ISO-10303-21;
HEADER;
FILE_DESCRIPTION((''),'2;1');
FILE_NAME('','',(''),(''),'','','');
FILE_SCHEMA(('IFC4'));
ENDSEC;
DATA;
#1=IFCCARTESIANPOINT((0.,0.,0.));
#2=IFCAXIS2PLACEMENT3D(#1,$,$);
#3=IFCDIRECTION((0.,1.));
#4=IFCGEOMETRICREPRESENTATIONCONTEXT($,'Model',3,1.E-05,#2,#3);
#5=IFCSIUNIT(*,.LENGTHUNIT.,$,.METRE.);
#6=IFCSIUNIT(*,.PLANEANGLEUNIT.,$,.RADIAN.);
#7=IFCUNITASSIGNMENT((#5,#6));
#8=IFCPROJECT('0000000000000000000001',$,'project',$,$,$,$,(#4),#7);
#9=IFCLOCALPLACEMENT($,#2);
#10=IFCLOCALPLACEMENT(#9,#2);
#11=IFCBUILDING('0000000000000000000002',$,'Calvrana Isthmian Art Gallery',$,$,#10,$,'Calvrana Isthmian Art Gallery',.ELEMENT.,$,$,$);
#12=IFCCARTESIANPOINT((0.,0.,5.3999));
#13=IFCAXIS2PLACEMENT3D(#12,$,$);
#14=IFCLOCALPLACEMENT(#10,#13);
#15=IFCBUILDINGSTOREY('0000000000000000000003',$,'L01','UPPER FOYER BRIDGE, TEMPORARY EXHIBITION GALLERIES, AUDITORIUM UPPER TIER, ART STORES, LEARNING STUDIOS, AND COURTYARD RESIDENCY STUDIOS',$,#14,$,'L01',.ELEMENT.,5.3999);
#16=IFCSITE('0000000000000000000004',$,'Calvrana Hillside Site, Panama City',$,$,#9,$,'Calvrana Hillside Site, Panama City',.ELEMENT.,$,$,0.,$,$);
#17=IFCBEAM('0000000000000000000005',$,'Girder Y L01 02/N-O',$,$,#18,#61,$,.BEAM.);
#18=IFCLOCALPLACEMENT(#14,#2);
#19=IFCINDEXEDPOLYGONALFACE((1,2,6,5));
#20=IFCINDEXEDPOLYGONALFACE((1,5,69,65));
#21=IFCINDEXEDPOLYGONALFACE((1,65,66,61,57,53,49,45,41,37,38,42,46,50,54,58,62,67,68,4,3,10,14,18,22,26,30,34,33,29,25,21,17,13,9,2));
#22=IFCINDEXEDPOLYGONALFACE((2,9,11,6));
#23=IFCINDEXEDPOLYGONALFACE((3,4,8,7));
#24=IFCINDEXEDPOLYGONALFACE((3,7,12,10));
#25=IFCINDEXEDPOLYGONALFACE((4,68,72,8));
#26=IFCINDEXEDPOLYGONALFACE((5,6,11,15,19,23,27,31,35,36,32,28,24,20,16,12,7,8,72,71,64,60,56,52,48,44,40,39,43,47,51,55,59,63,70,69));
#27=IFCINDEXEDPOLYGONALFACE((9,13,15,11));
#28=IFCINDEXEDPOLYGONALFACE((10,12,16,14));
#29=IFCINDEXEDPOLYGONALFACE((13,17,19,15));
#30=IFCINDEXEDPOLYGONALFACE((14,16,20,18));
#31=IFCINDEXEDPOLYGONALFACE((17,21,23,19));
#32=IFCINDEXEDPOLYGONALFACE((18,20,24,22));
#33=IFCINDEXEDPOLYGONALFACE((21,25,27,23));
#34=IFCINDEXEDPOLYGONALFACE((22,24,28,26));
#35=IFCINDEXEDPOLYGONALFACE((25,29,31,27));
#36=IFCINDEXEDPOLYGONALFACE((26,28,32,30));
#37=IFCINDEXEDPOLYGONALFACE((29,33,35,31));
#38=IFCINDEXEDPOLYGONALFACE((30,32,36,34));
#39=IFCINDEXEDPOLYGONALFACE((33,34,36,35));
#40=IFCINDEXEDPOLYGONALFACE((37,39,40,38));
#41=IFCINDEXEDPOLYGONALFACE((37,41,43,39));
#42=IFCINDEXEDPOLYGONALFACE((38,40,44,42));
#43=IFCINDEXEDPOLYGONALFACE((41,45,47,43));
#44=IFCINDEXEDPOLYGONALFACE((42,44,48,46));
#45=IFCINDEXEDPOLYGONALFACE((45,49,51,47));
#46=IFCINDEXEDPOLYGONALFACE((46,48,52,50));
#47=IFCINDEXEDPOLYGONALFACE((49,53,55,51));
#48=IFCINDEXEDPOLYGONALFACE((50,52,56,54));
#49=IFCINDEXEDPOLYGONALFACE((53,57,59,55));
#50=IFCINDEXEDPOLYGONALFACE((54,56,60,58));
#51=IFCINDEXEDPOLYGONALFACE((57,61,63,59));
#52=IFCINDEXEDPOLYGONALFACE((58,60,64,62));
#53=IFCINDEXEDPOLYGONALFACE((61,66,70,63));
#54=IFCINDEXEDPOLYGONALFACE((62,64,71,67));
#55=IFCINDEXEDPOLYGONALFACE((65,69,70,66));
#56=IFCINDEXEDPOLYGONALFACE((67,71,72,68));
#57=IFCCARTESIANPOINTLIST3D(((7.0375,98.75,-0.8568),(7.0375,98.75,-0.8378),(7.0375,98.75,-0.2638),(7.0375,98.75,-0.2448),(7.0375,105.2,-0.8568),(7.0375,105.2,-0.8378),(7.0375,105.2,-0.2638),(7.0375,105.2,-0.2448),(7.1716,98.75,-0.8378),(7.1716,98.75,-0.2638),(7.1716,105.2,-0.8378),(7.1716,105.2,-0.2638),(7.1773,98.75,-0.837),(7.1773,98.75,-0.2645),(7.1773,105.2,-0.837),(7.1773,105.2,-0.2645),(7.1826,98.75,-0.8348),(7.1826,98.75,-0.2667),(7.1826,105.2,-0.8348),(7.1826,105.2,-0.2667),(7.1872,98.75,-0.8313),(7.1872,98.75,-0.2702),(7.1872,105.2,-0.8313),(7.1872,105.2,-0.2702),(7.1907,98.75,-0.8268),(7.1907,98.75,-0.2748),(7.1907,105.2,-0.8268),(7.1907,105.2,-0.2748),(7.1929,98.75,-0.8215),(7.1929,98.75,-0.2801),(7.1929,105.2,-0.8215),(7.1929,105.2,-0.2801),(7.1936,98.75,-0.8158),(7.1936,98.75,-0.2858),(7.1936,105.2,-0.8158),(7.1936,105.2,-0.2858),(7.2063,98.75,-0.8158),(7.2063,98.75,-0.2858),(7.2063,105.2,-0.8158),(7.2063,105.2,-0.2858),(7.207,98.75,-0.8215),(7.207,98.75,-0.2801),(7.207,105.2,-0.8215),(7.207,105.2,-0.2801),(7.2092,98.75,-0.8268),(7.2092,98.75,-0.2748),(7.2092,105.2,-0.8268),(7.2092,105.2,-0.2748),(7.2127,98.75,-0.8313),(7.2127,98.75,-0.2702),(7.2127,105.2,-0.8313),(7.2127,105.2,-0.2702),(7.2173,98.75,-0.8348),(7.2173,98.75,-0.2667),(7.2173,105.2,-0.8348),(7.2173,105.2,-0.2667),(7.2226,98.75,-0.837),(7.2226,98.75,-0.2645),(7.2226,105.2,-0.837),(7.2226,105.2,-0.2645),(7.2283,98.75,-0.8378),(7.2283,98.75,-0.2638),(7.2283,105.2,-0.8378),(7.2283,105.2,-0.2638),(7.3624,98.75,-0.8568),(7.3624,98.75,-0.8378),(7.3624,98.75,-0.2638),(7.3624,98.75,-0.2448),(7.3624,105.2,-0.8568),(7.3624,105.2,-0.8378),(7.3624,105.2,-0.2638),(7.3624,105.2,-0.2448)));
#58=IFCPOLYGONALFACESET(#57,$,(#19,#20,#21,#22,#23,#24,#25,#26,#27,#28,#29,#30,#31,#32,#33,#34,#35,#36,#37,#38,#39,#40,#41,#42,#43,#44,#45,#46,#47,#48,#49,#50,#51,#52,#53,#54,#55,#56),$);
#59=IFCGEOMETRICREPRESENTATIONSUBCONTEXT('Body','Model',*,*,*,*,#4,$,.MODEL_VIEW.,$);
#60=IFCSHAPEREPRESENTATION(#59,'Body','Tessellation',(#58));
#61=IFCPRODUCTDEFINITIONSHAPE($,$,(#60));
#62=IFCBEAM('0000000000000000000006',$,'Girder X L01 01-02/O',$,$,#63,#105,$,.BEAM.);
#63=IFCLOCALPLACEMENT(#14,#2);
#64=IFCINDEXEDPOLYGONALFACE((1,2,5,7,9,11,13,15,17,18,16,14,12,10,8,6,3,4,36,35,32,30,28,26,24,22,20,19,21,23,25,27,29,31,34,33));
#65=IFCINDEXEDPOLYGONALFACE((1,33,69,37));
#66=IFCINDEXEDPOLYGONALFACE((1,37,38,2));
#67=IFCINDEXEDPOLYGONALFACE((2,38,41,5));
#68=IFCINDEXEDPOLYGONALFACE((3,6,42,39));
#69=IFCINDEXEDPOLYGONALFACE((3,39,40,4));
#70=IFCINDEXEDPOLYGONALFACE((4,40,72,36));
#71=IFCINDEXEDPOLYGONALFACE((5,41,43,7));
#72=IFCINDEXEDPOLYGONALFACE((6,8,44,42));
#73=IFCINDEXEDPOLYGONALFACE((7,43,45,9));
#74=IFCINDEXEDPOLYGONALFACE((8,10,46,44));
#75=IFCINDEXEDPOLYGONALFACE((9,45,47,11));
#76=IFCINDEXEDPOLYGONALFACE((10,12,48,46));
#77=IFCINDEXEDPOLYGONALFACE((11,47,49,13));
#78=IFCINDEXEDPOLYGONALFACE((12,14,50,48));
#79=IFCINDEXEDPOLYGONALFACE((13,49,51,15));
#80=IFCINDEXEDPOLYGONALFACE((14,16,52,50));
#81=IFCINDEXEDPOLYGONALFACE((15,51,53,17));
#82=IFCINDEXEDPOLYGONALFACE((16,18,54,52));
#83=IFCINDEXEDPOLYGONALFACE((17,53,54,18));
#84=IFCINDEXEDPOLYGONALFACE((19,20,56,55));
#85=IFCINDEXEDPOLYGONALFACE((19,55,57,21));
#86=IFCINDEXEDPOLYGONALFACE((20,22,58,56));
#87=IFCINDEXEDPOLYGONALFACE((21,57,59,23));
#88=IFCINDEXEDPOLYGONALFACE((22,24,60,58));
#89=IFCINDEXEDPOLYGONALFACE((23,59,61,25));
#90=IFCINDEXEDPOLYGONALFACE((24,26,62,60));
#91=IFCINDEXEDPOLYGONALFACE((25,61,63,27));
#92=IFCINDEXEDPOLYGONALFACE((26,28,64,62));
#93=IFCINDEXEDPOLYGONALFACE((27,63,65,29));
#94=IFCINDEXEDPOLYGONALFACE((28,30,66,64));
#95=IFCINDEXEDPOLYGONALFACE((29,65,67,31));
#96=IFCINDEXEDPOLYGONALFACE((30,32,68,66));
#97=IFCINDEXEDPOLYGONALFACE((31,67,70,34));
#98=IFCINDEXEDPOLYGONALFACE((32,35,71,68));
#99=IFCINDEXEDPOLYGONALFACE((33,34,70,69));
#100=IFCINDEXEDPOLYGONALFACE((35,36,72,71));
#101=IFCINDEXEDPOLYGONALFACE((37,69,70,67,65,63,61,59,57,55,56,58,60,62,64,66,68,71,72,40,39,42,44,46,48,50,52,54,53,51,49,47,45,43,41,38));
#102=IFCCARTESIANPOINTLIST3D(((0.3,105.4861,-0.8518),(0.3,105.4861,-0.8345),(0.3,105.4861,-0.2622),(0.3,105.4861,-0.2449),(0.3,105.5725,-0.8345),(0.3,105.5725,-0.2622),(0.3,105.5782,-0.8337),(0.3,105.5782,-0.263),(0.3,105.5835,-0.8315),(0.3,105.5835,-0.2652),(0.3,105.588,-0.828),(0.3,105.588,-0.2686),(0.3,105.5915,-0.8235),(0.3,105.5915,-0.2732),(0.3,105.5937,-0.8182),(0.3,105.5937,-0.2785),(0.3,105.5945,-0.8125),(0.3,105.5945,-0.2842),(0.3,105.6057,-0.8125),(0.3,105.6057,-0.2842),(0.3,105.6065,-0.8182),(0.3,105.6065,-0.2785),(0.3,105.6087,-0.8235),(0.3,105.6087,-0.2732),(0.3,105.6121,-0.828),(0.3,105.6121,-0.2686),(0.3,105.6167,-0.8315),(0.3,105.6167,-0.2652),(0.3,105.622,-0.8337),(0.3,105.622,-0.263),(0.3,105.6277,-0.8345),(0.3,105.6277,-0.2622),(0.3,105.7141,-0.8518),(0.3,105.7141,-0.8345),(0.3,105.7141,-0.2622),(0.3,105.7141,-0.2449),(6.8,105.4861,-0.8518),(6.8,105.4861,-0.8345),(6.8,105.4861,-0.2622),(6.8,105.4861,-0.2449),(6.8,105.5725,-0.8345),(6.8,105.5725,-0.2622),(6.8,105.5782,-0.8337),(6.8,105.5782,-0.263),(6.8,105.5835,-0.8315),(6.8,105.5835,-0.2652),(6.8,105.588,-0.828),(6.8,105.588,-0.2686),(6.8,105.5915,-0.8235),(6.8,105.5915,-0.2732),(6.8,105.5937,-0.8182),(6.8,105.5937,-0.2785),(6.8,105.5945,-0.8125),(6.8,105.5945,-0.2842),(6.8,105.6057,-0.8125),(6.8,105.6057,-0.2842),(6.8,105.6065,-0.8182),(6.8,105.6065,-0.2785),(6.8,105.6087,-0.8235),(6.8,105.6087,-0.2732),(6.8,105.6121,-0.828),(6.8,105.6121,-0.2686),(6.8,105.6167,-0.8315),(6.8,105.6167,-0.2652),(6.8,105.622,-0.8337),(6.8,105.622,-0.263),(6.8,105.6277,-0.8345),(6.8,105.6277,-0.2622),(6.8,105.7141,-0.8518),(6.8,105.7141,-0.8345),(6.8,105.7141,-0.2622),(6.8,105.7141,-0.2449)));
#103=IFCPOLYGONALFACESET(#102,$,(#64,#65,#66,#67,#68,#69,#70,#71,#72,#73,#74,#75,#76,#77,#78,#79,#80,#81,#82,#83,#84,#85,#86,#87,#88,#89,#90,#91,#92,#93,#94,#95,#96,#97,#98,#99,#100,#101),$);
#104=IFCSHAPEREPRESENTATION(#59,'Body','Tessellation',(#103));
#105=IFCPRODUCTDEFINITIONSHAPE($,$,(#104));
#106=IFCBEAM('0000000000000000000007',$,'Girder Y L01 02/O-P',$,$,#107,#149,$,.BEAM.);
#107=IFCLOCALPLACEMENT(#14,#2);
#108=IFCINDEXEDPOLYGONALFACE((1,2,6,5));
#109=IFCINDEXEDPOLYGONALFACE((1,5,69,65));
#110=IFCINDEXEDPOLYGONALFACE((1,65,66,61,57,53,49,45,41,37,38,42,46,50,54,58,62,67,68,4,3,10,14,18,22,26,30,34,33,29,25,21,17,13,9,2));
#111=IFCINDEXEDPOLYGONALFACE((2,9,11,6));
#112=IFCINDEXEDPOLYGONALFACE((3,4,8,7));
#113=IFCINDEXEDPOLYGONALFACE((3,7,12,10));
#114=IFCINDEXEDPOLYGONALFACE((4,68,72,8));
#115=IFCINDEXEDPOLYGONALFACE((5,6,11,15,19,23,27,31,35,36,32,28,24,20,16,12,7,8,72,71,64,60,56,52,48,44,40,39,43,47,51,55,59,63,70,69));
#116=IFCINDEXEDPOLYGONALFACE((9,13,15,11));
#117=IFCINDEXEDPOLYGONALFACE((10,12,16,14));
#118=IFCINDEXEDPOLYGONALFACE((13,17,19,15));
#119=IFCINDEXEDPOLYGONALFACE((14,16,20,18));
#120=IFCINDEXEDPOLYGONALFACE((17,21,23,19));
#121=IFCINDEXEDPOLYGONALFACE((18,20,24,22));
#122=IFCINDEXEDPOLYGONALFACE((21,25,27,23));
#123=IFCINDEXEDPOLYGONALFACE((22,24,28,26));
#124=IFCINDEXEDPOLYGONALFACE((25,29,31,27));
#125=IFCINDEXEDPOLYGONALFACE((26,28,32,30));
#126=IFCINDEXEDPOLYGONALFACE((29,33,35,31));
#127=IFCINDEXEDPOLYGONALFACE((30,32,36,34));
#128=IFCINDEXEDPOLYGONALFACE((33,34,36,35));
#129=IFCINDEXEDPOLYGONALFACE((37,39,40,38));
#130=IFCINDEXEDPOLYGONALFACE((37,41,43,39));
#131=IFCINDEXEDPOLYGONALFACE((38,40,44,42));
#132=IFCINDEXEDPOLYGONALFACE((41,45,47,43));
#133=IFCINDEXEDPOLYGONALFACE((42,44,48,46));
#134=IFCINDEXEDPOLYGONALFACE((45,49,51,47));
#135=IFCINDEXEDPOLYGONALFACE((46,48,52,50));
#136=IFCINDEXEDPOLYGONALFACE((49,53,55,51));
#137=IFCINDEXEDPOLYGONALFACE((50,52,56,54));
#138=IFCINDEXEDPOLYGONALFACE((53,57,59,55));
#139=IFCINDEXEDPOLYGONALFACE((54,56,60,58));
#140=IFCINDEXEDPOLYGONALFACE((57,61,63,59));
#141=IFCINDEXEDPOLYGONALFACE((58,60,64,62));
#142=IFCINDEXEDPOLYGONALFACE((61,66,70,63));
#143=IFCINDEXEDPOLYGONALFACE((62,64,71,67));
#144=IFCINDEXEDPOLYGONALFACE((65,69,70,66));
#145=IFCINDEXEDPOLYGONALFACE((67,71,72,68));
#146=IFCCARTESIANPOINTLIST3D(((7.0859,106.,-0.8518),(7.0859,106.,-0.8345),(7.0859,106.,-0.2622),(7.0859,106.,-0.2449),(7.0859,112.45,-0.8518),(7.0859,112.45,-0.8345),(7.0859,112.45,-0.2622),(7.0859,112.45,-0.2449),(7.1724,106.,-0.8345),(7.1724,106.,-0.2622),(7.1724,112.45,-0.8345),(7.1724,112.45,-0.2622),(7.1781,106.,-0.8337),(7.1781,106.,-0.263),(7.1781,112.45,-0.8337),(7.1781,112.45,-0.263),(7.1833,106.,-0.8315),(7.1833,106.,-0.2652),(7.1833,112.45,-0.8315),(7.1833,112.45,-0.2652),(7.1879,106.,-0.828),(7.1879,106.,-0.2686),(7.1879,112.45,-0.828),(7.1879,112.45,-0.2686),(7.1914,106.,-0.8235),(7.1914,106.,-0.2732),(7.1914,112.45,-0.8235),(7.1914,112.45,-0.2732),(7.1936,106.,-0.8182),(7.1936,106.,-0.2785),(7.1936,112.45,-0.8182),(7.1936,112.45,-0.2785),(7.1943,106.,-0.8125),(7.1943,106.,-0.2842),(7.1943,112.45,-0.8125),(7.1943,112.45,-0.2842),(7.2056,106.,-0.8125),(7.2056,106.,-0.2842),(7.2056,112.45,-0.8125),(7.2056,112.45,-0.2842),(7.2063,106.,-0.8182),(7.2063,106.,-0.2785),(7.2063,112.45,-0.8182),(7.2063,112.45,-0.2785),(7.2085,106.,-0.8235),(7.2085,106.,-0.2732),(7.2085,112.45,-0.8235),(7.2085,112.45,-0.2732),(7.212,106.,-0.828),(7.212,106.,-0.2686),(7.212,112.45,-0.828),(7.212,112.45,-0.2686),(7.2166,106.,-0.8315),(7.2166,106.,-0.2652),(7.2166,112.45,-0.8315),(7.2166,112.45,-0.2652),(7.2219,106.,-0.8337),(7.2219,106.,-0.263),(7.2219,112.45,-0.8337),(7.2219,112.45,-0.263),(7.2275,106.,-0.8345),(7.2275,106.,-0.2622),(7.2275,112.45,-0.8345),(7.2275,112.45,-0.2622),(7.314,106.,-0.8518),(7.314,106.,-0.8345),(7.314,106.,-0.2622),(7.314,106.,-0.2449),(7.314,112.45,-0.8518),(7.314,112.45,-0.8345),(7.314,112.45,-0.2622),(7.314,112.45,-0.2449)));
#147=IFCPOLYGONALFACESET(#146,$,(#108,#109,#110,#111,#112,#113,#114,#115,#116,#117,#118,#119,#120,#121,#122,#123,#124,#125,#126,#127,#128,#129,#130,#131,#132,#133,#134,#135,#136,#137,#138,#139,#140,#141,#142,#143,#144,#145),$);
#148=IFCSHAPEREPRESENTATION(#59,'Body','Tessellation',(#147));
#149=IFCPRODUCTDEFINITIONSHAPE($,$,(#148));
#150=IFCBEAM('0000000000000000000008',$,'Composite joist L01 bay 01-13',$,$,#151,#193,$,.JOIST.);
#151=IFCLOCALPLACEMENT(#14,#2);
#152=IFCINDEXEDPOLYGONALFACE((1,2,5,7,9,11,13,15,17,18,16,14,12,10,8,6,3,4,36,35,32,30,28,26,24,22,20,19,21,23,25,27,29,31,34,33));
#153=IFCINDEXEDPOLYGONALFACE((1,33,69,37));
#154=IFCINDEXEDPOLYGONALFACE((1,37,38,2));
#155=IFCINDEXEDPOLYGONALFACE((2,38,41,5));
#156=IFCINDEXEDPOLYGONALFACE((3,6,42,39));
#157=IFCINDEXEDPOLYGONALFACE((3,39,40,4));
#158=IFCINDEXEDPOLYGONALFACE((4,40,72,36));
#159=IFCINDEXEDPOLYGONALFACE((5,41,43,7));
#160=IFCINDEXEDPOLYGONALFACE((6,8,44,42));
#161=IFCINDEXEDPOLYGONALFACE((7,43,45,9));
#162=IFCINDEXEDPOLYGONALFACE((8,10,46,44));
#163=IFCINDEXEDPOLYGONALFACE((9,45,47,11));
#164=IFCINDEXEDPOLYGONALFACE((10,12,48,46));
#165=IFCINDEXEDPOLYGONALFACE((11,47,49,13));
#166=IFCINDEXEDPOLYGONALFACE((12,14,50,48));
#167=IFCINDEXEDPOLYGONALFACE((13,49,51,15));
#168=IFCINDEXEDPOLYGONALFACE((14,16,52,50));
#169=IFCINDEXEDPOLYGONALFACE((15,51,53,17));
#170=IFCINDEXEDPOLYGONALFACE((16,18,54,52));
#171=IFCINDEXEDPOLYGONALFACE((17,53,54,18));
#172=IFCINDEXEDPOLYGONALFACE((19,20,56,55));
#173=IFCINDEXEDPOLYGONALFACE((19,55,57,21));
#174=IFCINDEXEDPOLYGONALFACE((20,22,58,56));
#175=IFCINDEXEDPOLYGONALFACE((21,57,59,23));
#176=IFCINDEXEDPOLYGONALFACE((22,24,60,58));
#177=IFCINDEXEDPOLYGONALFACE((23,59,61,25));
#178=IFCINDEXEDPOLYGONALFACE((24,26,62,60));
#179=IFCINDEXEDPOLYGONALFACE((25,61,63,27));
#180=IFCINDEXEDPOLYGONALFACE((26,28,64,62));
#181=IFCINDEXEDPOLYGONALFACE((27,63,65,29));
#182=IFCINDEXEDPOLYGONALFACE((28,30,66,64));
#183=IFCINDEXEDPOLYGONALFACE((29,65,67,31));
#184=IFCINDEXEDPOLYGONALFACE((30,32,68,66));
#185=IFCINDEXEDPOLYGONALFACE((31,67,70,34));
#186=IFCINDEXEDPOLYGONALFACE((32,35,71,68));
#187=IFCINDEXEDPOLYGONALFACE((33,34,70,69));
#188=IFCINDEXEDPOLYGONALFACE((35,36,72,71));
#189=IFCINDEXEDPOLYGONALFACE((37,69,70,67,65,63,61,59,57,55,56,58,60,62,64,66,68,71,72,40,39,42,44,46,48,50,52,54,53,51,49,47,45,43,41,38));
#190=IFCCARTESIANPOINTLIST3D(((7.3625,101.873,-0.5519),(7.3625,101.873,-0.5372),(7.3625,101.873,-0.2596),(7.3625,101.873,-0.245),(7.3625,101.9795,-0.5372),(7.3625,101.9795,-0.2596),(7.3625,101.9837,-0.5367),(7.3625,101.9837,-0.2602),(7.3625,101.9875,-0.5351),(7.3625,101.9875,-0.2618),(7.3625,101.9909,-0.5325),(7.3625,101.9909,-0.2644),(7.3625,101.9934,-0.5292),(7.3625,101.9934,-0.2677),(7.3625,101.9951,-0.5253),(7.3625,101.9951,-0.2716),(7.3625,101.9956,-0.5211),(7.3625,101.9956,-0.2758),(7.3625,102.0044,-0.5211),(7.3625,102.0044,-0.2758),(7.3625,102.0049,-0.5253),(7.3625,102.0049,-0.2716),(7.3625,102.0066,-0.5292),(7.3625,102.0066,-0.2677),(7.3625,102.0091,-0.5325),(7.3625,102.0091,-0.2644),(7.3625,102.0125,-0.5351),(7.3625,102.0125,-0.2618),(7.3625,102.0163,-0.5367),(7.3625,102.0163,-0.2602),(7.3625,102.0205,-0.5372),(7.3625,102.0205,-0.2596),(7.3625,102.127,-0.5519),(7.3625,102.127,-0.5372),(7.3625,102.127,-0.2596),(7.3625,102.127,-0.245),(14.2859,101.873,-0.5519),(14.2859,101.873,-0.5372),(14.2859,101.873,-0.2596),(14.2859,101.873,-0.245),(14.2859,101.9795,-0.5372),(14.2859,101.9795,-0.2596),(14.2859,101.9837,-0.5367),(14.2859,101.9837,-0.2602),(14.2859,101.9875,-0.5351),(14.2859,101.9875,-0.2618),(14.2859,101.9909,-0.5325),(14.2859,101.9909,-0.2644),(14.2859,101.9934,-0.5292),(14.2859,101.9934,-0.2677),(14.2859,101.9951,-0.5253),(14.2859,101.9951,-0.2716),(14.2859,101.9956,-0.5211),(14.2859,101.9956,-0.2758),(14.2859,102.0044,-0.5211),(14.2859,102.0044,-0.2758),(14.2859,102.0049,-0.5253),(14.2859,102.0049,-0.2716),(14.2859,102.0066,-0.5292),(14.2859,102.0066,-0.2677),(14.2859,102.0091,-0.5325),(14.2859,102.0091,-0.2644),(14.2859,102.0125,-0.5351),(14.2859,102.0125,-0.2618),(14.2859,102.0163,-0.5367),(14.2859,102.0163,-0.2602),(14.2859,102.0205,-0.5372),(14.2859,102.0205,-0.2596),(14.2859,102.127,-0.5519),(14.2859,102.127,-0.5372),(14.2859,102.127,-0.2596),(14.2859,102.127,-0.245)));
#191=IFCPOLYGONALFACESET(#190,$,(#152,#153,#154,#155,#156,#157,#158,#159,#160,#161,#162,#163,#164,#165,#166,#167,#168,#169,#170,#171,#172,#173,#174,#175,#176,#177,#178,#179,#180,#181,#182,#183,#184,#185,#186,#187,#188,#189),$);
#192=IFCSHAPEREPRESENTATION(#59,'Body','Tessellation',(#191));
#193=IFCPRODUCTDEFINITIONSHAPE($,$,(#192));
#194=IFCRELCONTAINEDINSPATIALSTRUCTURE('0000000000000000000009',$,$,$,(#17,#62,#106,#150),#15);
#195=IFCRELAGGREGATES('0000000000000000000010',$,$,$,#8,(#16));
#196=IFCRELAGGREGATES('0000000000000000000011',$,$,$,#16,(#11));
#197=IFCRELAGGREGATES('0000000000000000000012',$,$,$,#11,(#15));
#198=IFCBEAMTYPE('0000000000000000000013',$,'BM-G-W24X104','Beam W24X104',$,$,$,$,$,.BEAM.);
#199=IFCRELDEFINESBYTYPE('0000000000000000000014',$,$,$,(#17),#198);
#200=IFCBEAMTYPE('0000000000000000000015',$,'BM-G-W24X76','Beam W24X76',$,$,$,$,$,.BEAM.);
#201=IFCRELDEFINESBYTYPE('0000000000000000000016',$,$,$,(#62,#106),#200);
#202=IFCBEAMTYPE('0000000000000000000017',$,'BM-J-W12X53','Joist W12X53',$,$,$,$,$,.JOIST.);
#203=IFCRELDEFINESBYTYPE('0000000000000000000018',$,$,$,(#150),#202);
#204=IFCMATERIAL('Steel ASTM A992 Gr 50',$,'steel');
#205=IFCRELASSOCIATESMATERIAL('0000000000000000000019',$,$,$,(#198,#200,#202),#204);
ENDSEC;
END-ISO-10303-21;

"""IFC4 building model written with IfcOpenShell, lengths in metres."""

from ifc_helpers import new_model, si_unit, direction, frame, origin, origin_2d, place, context, subcontext, project, spatial, i_section, extrude, material, material_profile, profile_set, type_object, element, save


model = new_model("IFC4")

# Units and contexts
model_context = context("Model", 3, precision=1e-05, world=origin(), true_north=direction((0.0, 1.0)))
body_context = subcontext(model_context, "Body", "Model", "MODEL_VIEW")
ifc_project = project(units=[si_unit("LENGTHUNIT", "METRE"), si_unit("PLANEANGLEUNIT", "RADIAN")], contexts=[model_context])

# Site, building, storey
site_placement = place(None, origin())
site = spatial("IfcSite", under=ifc_project, at=site_placement, Name="Calvrana Hillside Site, Panama City", LongName="Calvrana Hillside Site, Panama City", CompositionType="ELEMENT", RefElevation=0.0)
building_placement = place(site_placement, origin())
building = spatial("IfcBuilding", under=site, at=building_placement, Name="Calvrana Isthmian Art Gallery", LongName="Calvrana Isthmian Art Gallery", CompositionType="ELEMENT")
storey_placement = place(building_placement, frame((0.0, 0.0, 5.3999)))
storey = spatial("IfcBuildingStorey", under=building, at=storey_placement, Name="L01", Description="UPPER FOYER BRIDGE, TEMPORARY EXHIBITION GALLERIES, AUDITORIUM UPPER TIER, ART STORES, LEARNING STUDIOS, AND COURTYARD RESIDENCY STUDIOS", LongName="L01", CompositionType="ELEMENT", Elevation=5.3999)

# Beams
ifc_material_1 = material(Name="Steel ASTM A992 Gr 50", Category="steel")
ifc_material_profile_1 = material_profile(ifc_material_1, i_section(OverallWidth=0.325, OverallDepth=0.6121, WebThickness=0.0127, FlangeThickness=0.019, FilletRadius=0.022, at=origin_2d()), Name="W24X104")
ifc_profile_set_1 = profile_set([ifc_material_profile_1], Name="Steel ASTM A992 Gr 50")
beam_type_1 = type_object("IfcBeamType", Name="BM-G-W24X104", Description="Beam W24X104", PredefinedType="BEAM", material=ifc_profile_set_1)
beam_1_placement = place(storey_placement, frame((7.2, 98.75, -0.5508), z_axis=(0.0, 1.0, 0.0), x_axis=(-1.0, 0.0, 0.0)))
element("IfcBeam", 1, at=beam_1_placement, inside=storey, type_object=beam_type_1, Name="Girder Y L01 02/N-O", PredefinedType="BEAM", context=body_context, shape_type="SweptSolid", body=[
    extrude(i_section(OverallWidth=0.325, OverallDepth=0.6121, WebThickness=0.0127, FlangeThickness=0.019, FilletRadius=0.022, at=origin_2d()), origin(), (0.0, 0.0, 1.0), 6.45),
])
ifc_material_profile_2 = material_profile(ifc_material_1, i_section(OverallWidth=0.228, OverallDepth=0.6069, WebThickness=0.0112, FlangeThickness=0.0173, FilletRadius=0.022, at=origin_2d()), Name="W24X76")
ifc_profile_set_2 = profile_set([ifc_material_profile_2], Name="Steel ASTM A992 Gr 50")
beam_type_2 = type_object("IfcBeamType", Name="BM-G-W24X76", Description="Beam W24X76", PredefinedType="BEAM", material=ifc_profile_set_2)
beam_2_placement = place(storey_placement, frame((0.3, 105.6001, -0.5483), z_axis=(1.0, 0.0, 0.0), x_axis=(0.0, 1.0, 0.0)))
element("IfcBeam", 2, at=beam_2_placement, inside=storey, type_object=beam_type_2, Name="Girder X L01 01-02/O", PredefinedType="BEAM", context=body_context, shape_type="SweptSolid", body=[
    extrude(i_section(OverallWidth=0.228, OverallDepth=0.6069, WebThickness=0.0112, FlangeThickness=0.0173, FilletRadius=0.022, at=origin_2d()), origin(), (0.0, 0.0, 1.0), 6.5),
])
beam_3_placement = place(storey_placement, frame((7.2, 106.0, -0.5483), z_axis=(0.0, 1.0, 0.0), x_axis=(-1.0, 0.0, 0.0)))
element("IfcBeam", 3, at=beam_3_placement, inside=storey, type_object=beam_type_2, Name="Girder Y L01 02/O-P", PredefinedType="BEAM", context=body_context, shape_type="SweptSolid", body=[
    extrude(i_section(OverallWidth=0.228, OverallDepth=0.6069, WebThickness=0.0112, FlangeThickness=0.0173, FilletRadius=0.022, at=origin_2d()), origin(), (0.0, 0.0, 1.0), 6.45),
])
ifc_material_profile_3 = material_profile(ifc_material_1, i_section(OverallWidth=0.2539, OverallDepth=0.3069, WebThickness=0.0088, FlangeThickness=0.0146, FilletRadius=0.0161, at=origin_2d()), Name="W12X53")
ifc_profile_set_3 = profile_set([ifc_material_profile_3], Name="Steel ASTM A992 Gr 50")
beam_type_3 = type_object("IfcBeamType", Name="BM-J-W12X53", Description="Joist W12X53", PredefinedType="JOIST", material=ifc_profile_set_3)
beam_4_placement = place(storey_placement, frame((7.3625, 102.0, -0.3984), z_axis=(1.0, 0.0, 0.0), x_axis=(0.0, 1.0, 0.0)))
element("IfcBeam", 4, at=beam_4_placement, inside=storey, type_object=beam_type_3, Name="Composite joist L01 bay 01-13", PredefinedType="JOIST", context=body_context, shape_type="SweptSolid", body=[
    extrude(i_section(OverallWidth=0.2539, OverallDepth=0.3069, WebThickness=0.0088, FlangeThickness=0.0146, FilletRadius=0.0161, at=origin_2d()), origin(), (0.0, 0.0, 1.0), 6.9233),
])

save(model, "model.ifc")
